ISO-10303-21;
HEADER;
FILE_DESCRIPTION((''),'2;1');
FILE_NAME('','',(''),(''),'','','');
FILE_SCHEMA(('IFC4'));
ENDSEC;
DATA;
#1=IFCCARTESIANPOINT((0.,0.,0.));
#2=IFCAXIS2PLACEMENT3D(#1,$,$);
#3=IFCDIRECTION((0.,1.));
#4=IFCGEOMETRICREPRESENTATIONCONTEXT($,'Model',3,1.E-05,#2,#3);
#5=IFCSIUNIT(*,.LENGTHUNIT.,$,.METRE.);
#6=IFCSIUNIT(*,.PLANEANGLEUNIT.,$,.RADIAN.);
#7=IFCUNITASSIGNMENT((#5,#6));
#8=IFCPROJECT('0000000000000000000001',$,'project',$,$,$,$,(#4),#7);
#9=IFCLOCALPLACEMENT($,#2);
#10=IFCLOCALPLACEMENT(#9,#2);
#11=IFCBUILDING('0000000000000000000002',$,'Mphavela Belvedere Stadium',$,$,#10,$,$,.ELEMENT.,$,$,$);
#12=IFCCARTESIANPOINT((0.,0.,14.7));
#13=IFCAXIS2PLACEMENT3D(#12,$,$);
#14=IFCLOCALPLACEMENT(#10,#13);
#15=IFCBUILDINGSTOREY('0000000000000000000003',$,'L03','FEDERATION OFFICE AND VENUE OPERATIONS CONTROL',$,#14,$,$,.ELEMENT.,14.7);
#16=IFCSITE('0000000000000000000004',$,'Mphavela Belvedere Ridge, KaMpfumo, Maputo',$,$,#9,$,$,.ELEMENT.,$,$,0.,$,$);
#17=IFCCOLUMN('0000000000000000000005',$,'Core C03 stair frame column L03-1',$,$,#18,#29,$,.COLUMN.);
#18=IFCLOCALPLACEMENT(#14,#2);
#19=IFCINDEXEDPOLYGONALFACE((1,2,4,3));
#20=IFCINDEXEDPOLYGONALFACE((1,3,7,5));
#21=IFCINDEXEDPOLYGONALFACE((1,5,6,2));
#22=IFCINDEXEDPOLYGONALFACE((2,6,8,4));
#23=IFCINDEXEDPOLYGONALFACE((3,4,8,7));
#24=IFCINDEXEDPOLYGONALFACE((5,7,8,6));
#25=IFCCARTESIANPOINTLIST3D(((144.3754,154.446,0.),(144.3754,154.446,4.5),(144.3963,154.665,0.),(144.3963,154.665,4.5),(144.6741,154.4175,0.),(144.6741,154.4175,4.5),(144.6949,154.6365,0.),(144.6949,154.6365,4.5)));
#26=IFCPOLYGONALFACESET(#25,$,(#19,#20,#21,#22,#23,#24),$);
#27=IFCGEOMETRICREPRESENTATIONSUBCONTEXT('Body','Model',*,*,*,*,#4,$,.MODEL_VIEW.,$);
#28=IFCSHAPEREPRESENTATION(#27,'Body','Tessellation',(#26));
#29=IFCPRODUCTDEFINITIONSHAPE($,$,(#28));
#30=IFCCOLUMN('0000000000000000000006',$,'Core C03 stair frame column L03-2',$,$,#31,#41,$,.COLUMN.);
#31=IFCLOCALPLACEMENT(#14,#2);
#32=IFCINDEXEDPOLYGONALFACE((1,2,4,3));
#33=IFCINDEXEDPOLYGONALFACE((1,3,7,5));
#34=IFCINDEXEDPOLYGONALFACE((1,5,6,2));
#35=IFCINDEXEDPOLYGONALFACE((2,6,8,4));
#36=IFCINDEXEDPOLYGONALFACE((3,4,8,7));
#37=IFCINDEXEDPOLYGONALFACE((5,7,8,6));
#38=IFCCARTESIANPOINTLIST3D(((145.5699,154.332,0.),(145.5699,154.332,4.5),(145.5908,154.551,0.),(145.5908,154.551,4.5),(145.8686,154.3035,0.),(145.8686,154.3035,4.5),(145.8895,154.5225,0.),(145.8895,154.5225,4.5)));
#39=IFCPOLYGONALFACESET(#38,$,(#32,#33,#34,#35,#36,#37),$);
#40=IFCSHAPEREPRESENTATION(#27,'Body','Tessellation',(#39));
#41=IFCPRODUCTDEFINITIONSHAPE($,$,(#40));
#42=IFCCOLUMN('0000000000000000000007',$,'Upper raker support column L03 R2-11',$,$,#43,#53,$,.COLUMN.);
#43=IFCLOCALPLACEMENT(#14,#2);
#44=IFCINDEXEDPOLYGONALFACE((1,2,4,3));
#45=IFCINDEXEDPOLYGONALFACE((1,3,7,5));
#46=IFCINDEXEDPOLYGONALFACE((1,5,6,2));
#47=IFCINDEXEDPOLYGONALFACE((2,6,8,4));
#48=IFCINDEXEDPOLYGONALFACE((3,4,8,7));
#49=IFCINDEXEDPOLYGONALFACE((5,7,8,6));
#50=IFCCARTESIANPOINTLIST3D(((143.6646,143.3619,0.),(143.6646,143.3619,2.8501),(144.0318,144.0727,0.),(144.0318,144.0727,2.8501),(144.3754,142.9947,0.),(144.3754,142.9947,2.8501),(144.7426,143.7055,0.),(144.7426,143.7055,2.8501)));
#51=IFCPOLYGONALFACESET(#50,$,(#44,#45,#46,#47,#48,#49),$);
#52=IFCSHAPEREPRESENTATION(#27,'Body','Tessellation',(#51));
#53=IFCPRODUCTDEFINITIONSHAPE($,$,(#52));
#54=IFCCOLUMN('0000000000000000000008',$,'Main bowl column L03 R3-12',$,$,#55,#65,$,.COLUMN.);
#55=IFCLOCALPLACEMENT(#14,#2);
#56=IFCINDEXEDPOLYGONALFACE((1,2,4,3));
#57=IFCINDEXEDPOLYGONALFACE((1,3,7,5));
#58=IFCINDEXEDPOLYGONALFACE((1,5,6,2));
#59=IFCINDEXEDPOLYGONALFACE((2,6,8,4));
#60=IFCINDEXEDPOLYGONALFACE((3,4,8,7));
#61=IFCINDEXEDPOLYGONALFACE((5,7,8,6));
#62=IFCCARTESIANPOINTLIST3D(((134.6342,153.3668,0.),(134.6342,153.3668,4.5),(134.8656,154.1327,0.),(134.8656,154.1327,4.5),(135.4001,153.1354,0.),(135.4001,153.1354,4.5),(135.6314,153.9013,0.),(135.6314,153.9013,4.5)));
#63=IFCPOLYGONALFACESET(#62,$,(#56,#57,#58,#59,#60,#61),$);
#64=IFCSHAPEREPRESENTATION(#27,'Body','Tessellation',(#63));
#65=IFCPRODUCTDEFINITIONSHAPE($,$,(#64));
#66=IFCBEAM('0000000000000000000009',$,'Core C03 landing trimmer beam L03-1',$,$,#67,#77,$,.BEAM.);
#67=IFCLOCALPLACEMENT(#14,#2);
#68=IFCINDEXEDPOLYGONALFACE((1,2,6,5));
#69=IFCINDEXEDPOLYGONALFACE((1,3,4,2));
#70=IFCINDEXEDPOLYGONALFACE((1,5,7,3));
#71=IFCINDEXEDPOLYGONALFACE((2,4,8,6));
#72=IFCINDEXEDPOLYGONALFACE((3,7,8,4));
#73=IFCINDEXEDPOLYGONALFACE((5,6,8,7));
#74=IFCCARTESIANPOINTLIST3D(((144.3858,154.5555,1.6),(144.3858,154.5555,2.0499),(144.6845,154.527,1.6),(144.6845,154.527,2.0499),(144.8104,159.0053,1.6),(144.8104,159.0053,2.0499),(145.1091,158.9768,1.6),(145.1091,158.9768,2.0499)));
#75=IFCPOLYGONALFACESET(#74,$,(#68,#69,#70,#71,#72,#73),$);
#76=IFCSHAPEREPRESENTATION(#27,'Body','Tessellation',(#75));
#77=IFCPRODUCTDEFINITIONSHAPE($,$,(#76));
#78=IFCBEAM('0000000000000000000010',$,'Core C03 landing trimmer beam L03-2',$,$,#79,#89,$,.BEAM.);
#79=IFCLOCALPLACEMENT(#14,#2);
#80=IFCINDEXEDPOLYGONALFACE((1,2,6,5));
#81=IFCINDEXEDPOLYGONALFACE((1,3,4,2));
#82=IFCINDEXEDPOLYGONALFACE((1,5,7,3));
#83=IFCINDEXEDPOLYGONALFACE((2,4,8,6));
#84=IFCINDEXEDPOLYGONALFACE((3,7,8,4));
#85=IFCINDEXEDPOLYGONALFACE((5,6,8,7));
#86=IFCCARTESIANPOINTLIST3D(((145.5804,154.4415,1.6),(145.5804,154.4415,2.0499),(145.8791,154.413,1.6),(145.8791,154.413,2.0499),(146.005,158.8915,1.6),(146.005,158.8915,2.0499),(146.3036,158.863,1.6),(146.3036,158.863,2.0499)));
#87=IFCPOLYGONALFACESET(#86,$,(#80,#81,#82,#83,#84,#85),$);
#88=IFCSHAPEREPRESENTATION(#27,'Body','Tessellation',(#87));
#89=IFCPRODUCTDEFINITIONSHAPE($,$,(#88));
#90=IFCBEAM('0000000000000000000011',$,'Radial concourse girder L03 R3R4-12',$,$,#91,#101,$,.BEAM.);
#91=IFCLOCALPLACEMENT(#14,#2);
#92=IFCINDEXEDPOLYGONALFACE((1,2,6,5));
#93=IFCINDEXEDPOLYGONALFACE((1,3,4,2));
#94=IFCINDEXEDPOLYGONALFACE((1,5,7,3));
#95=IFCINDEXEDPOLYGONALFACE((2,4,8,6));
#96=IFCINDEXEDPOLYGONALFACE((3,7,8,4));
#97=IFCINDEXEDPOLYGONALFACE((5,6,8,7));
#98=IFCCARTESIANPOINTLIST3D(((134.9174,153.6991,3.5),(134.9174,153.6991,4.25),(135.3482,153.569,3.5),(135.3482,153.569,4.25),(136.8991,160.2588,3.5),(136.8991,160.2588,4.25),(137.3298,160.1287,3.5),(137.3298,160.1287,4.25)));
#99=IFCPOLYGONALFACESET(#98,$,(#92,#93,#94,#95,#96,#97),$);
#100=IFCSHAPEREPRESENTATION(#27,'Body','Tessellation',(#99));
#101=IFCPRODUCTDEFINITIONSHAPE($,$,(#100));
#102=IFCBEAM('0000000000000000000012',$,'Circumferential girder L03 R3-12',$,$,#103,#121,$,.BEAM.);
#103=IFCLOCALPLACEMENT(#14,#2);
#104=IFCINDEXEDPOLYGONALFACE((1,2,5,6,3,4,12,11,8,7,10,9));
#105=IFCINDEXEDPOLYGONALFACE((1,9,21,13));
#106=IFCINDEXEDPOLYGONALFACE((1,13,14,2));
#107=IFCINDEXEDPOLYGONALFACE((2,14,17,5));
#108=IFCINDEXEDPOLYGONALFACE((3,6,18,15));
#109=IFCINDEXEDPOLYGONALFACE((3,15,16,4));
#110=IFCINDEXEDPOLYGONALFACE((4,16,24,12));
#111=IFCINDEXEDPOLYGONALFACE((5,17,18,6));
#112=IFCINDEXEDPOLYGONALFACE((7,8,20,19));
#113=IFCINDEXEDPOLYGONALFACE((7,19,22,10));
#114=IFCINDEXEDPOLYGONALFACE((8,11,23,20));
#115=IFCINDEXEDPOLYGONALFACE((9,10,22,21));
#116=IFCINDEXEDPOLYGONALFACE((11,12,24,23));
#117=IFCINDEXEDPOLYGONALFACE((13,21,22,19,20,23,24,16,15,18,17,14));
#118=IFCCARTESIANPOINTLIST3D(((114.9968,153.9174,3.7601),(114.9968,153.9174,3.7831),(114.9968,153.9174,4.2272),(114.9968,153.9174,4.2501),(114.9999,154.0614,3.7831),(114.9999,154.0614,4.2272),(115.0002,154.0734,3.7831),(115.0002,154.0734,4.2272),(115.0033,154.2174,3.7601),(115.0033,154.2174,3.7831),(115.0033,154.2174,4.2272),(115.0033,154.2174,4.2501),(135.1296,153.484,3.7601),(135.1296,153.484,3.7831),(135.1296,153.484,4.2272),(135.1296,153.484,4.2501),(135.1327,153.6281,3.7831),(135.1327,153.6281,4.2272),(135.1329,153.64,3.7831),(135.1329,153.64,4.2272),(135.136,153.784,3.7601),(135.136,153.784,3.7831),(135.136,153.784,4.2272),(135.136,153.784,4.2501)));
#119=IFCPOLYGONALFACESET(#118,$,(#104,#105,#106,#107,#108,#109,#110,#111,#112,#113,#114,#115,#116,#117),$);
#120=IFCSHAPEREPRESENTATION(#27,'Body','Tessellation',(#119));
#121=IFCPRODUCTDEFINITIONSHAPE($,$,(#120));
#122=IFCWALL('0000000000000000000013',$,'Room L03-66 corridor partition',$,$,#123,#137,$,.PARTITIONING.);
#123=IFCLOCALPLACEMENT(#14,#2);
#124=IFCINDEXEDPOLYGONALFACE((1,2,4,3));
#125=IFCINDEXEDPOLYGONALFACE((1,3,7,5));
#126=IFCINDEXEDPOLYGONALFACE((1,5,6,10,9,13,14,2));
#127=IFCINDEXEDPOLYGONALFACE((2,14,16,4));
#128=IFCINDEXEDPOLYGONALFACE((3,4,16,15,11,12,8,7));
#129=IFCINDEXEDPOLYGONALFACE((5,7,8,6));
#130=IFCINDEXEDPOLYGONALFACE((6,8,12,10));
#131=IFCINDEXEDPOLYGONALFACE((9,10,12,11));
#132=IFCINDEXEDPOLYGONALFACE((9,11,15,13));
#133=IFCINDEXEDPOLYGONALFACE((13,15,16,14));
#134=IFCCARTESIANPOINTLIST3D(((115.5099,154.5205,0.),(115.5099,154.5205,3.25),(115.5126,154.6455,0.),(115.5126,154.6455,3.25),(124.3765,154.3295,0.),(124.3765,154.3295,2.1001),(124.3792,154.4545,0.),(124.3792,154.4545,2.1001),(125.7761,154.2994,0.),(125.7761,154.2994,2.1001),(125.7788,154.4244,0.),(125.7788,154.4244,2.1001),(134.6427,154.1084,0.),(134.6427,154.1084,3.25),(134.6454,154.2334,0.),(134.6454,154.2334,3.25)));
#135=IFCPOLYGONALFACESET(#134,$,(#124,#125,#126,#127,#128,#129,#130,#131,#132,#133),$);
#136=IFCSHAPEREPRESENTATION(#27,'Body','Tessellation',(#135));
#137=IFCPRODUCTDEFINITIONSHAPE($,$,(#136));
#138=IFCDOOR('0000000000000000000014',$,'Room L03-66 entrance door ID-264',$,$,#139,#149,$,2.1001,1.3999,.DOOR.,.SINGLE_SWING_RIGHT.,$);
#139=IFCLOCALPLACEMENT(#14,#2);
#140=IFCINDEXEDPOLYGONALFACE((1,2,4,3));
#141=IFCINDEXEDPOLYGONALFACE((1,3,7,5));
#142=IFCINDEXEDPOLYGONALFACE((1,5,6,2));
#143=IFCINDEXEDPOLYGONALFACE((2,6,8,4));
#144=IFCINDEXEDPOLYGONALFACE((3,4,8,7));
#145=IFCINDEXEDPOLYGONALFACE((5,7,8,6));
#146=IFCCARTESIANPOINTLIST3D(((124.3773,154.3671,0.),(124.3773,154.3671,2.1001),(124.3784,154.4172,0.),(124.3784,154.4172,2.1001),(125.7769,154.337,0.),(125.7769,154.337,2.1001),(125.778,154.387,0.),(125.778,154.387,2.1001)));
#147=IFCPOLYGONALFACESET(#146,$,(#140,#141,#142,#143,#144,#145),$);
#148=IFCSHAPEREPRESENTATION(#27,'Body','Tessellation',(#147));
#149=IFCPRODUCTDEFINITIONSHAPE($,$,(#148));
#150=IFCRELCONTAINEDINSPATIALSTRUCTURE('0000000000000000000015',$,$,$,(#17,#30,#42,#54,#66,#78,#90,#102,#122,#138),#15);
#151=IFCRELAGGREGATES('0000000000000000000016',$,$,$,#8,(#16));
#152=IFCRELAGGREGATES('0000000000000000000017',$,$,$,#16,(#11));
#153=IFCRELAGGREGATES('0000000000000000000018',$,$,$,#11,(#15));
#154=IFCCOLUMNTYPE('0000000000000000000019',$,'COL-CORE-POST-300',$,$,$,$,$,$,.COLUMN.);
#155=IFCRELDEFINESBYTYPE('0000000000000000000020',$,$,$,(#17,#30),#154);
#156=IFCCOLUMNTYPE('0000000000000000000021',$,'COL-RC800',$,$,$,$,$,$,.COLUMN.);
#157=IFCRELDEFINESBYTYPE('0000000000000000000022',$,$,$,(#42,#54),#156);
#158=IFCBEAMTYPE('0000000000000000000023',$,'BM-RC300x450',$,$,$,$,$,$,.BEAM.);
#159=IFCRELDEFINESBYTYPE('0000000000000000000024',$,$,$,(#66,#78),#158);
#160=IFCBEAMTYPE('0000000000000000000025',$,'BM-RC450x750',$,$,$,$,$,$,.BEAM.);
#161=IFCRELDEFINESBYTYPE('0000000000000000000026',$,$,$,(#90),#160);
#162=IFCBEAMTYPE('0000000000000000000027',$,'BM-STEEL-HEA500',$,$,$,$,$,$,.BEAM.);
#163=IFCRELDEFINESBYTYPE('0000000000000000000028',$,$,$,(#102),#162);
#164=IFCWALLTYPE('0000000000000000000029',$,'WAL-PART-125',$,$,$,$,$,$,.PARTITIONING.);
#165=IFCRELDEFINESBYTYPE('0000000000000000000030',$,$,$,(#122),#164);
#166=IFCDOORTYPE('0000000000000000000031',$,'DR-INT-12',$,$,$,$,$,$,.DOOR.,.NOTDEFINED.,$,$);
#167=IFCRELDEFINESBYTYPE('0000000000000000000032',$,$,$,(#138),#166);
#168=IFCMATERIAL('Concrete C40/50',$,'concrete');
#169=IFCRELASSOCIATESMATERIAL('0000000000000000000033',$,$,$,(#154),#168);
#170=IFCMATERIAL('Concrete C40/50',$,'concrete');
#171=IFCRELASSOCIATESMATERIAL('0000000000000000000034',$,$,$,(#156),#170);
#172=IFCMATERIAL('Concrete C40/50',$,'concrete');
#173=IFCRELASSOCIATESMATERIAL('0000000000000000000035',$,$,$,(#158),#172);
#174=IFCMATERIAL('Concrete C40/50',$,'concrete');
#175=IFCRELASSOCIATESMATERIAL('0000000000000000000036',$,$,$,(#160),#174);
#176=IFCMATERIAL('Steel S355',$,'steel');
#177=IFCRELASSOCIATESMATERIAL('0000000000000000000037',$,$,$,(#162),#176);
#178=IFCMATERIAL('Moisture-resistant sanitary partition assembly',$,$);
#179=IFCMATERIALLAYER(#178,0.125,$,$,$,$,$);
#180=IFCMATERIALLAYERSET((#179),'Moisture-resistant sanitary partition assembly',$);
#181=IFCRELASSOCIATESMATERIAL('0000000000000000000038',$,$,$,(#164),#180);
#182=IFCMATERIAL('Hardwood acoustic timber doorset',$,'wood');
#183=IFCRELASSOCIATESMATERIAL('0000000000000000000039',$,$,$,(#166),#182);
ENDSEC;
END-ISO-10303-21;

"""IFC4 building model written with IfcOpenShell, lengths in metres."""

from ifc_helpers import new_model, si_unit, direction, frame, frame_2d, origin, origin_2d, place, context, subcontext, project, spatial, rectangle, i_section, extrude, material, layer, layer_set, material_profile, profile_set, type_object, element, fill, save


model = new_model("IFC4")

# Units and contexts
model_context = context("Model", 3, precision=1e-05, world=origin(), true_north=direction((0.0, 1.0)))
body_context = subcontext(model_context, "Body", "Model", "MODEL_VIEW")
ifc_project = project(units=[si_unit("LENGTHUNIT", "METRE"), si_unit("PLANEANGLEUNIT", "RADIAN")], contexts=[model_context])

# Site, building, storey
site_placement = place(None, origin())
site = spatial("IfcSite", under=ifc_project, at=site_placement, Name="Mphavela Belvedere Ridge, KaMpfumo, Maputo", CompositionType="ELEMENT", RefElevation=0.0)
building_placement = place(site_placement, origin())
building = spatial("IfcBuilding", under=site, at=building_placement, Name="Mphavela Belvedere Stadium", CompositionType="ELEMENT")
storey_placement = place(building_placement, frame((0.0, 0.0, 14.7)))
storey = spatial("IfcBuildingStorey", under=building, at=storey_placement, Name="L03", Description="FEDERATION OFFICE AND VENUE OPERATIONS CONTROL", CompositionType="ELEMENT", Elevation=14.7)

# Columns
ifc_material_1 = material(Name="Concrete C40/50", Category="concrete")
ifc_material_profile_1 = material_profile(ifc_material_1, rectangle(XDim=0.3, YDim=0.22, at=origin_2d()), Name="RC 300x220")
ifc_profile_set_1 = profile_set([ifc_material_profile_1], Name="Concrete C40/50")
column_type_1 = type_object("IfcColumnType", Name="COL-CORE-POST-300", PredefinedType="COLUMN", material=ifc_profile_set_1)
for number, where, z_axis, x_axis, name in (
    (1, (144.5352, 154.5413, 0.0), (0.0, 0.0, 1.0), (0.995479, -0.094977, 0.0), "Core C03 stair frame column L03-1"),
    (2, (145.7297, 154.4272, 0.0), (0.0, 0.0, 1.0), (0.995479, -0.094977, 0.0), "Core C03 stair frame column L03-2"),
):
    element("IfcColumn", number, at=place(storey_placement, frame(where, z_axis=z_axis, x_axis=x_axis)), inside=storey, type_object=column_type_1, Name=name, PredefinedType="COLUMN", context=body_context, shape_type="SweptSolid", body=[
        extrude(rectangle(XDim=0.3, YDim=0.22, at=origin_2d()), origin(), (0.0, 0.0, 1.0), 4.5),
    ])
ifc_material_2 = material(Name="Concrete C40/50", Category="concrete")
ifc_material_profile_2 = material_profile(ifc_material_2, rectangle(XDim=0.8, YDim=0.8, at=origin_2d()), Name="RC 800x800")
ifc_profile_set_2 = profile_set([ifc_material_profile_2], Name="Concrete C40/50")
column_type_2 = type_object("IfcColumnType", Name="COL-RC800", PredefinedType="COLUMN", material=ifc_profile_set_2)
column_1_placement = place(storey_placement, frame((144.2036, 143.5337, 0.0), z_axis=(0.0, 0.0, 1.0), x_axis=(0.45896, 0.888457, 0.0)))
element("IfcColumn", 3, at=column_1_placement, inside=storey, type_object=column_type_2, Name="Upper raker support column L03 R2-11", PredefinedType="COLUMN", context=body_context, shape_type="SweptSolid", body=[
    extrude(rectangle(XDim=0.8, YDim=0.8, at=origin_2d()), origin(), (0.0, 0.0, 1.0), 2.8501),
])
column_2_placement = place(storey_placement, frame((135.1328, 153.634, 0.0), z_axis=(0.0, 0.0, 1.0), x_axis=(0.289199, 0.957269, 0.0)))
element("IfcColumn", 4, at=column_2_placement, inside=storey, type_object=column_type_2, Name="Main bowl column L03 R3-12", PredefinedType="COLUMN", context=body_context, shape_type="SweptSolid", body=[
    extrude(rectangle(XDim=0.8, YDim=0.8, at=origin_2d()), origin(), (0.0, 0.0, 1.0), 4.5),
])

# Beams
ifc_material_3 = material(Name="Concrete C40/50", Category="concrete")
ifc_material_profile_3 = material_profile(ifc_material_3, rectangle(XDim=0.3, YDim=0.45, at=origin_2d()), Name="RC 300x450")
ifc_profile_set_3 = profile_set([ifc_material_profile_3], Name="Concrete C40/50")
beam_type_1 = type_object("IfcBeamType", Name="BM-RC300x450", PredefinedType="BEAM", material=ifc_profile_set_3)
beam_1_placement = place(storey_placement, frame((144.5352, 154.5413, 1.825), z_axis=(0.094982, 0.995479, 0.0), x_axis=(-0.995479, 0.094982, 0.0)))
element("IfcBeam", 5, at=beam_1_placement, inside=storey, type_object=beam_type_1, Name="Core C03 landing trimmer beam L03-1", PredefinedType="BEAM", context=body_context, shape_type="SweptSolid", body=[
    extrude(rectangle(XDim=0.3, YDim=0.45, at=origin_2d()), origin(), (0.0, 0.0, 1.0), 4.47),
])
beam_2_placement = place(storey_placement, frame((145.7297, 154.4272, 1.825), z_axis=(0.094977, 0.99548, 0.0), x_axis=(-0.99548, 0.094977, 0.0)))
element("IfcBeam", 6, at=beam_2_placement, inside=storey, type_object=beam_type_1, Name="Core C03 landing trimmer beam L03-2", PredefinedType="BEAM", context=body_context, shape_type="SweptSolid", body=[
    extrude(rectangle(XDim=0.3, YDim=0.45, at=origin_2d()), origin(), (0.0, 0.0, 1.0), 4.4702),
])
ifc_material_4 = material(Name="Concrete C40/50", Category="concrete")
ifc_material_profile_4 = material_profile(ifc_material_4, rectangle(XDim=0.45, YDim=0.75, at=origin_2d()), Name="RC 450x750")
ifc_profile_set_4 = profile_set([ifc_material_profile_4], Name="Concrete C40/50")
beam_type_2 = type_object("IfcBeamType", Name="BM-RC450x750", PredefinedType="BEAM", material=ifc_profile_set_4)
beam_3_placement = place(storey_placement, frame((135.1328, 153.634, 3.875), z_axis=(0.289188, 0.957272, 0.0), x_axis=(-0.957272, 0.289188, 0.0)))
element("IfcBeam", 7, at=beam_3_placement, inside=storey, type_object=beam_type_2, Name="Radial concourse girder L03 R3R4-12", PredefinedType="BEAM", context=body_context, shape_type="SweptSolid", body=[
    extrude(rectangle(XDim=0.45, YDim=0.75, at=origin_2d()), origin(), (0.0, 0.0, 1.0), 6.8525),
])
ifc_material_5 = material(Name="Steel S355", Category="steel")
ifc_material_profile_5 = material_profile(ifc_material_5, i_section(OverallWidth=0.3, OverallDepth=0.49, WebThickness=0.012, FlangeThickness=0.0229, at=origin_2d()), Name="HEA 500")
ifc_profile_set_5 = profile_set([ifc_material_profile_5], Name="Steel S355")
beam_type_3 = type_object("IfcBeamType", Name="BM-STEEL-HEA500", PredefinedType="BEAM", material=ifc_profile_set_5)
beam_4_placement = place(storey_placement, frame((135.1328, 153.634, 4.0051), z_axis=(-0.999768, 0.02152, 0.0), x_axis=(-0.02152, -0.999768, 0.0)))
element("IfcBeam", 8, at=beam_4_placement, inside=storey, type_object=beam_type_3, Name="Circumferential girder L03 R3-12", PredefinedType="BEAM", context=body_context, shape_type="SweptSolid", body=[
    extrude(i_section(OverallWidth=0.3, OverallDepth=0.49, WebThickness=0.012, FlangeThickness=0.0229, at=origin_2d()), origin(), (0.0, 0.0, 1.0), 20.1375),
])

# Wall, opening, door
ifc_material_6 = material(Name="Moisture-resistant sanitary partition assembly")
ifc_layer_1 = layer(ifc_material_6, 0.125)
ifc_layer_set_1 = layer_set([ifc_layer_1], Name="Moisture-resistant sanitary partition assembly")
wall_type_1 = type_object("IfcWallType", Name="WAL-PART-125", PredefinedType="PARTITIONING", material=ifc_layer_set_1)
wall_1_placement = place(storey_placement, frame((134.644, 154.1709, 0.0), z_axis=(0.0, 0.0, 1.0), x_axis=(-0.999768, 0.021534, 0.0)))
wall_1 = element("IfcWall", 9, at=wall_1_placement, inside=storey, type_object=wall_type_1, Name="Room L03-66 corridor partition", PredefinedType="PARTITIONING", context=body_context, shape_type="SweptSolid", body=[
    extrude(rectangle(XDim=19.1372, YDim=0.125, at=frame_2d((9.5686, 0.0))), origin(), (0.0, 0.0, 1.0), 3.25),
])
opening_1_placement = place(wall_1_placement, frame((8.8687, 0.0, 0.0)))
opening_1 = element("IfcOpeningElement", 10, at=opening_1_placement, cuts=wall_1, PredefinedType="OPENING", context=body_context, shape_type="SweptSolid", body=[
    extrude(rectangle(XDim=1.3999, YDim=2.1001, at=frame_2d((0.7, 1.05))), frame((0.0, 0.0725, 0.0), z_axis=(0.0, -1.0, 0.0), x_axis=(1.0, 0.0, 0.0)), (0.0, 0.0, 1.0), 0.145),
])
ifc_material_7 = material(Name="Hardwood acoustic timber doorset", Category="wood")
door_type_1 = type_object("IfcDoorType", Name="DR-INT-12", OperationType="NOTDEFINED", PredefinedType="DOOR", material=ifc_material_7)
door_1_placement = place(opening_1_placement, origin())
door_1 = element("IfcDoor", 11, at=door_1_placement, inside=storey, type_object=door_type_1, Name="Room L03-66 entrance door ID-264", OperationType="SINGLE_SWING_RIGHT", OverallHeight=2.1001, OverallWidth=1.3999, PredefinedType="DOOR", context=body_context, shape_type="SweptSolid", body=[
    extrude(rectangle(XDim=1.3999, YDim=2.1001, at=frame_2d((0.7, 1.05))), frame((0.0, 0.0249, 0.0), z_axis=(0.0, -1.0, 0.0), x_axis=(1.0, 0.0, 0.0)), (0.0, 0.0, 1.0), 0.05),
])
fill(opening_1, door_1)

save(model, "model.ifc")
